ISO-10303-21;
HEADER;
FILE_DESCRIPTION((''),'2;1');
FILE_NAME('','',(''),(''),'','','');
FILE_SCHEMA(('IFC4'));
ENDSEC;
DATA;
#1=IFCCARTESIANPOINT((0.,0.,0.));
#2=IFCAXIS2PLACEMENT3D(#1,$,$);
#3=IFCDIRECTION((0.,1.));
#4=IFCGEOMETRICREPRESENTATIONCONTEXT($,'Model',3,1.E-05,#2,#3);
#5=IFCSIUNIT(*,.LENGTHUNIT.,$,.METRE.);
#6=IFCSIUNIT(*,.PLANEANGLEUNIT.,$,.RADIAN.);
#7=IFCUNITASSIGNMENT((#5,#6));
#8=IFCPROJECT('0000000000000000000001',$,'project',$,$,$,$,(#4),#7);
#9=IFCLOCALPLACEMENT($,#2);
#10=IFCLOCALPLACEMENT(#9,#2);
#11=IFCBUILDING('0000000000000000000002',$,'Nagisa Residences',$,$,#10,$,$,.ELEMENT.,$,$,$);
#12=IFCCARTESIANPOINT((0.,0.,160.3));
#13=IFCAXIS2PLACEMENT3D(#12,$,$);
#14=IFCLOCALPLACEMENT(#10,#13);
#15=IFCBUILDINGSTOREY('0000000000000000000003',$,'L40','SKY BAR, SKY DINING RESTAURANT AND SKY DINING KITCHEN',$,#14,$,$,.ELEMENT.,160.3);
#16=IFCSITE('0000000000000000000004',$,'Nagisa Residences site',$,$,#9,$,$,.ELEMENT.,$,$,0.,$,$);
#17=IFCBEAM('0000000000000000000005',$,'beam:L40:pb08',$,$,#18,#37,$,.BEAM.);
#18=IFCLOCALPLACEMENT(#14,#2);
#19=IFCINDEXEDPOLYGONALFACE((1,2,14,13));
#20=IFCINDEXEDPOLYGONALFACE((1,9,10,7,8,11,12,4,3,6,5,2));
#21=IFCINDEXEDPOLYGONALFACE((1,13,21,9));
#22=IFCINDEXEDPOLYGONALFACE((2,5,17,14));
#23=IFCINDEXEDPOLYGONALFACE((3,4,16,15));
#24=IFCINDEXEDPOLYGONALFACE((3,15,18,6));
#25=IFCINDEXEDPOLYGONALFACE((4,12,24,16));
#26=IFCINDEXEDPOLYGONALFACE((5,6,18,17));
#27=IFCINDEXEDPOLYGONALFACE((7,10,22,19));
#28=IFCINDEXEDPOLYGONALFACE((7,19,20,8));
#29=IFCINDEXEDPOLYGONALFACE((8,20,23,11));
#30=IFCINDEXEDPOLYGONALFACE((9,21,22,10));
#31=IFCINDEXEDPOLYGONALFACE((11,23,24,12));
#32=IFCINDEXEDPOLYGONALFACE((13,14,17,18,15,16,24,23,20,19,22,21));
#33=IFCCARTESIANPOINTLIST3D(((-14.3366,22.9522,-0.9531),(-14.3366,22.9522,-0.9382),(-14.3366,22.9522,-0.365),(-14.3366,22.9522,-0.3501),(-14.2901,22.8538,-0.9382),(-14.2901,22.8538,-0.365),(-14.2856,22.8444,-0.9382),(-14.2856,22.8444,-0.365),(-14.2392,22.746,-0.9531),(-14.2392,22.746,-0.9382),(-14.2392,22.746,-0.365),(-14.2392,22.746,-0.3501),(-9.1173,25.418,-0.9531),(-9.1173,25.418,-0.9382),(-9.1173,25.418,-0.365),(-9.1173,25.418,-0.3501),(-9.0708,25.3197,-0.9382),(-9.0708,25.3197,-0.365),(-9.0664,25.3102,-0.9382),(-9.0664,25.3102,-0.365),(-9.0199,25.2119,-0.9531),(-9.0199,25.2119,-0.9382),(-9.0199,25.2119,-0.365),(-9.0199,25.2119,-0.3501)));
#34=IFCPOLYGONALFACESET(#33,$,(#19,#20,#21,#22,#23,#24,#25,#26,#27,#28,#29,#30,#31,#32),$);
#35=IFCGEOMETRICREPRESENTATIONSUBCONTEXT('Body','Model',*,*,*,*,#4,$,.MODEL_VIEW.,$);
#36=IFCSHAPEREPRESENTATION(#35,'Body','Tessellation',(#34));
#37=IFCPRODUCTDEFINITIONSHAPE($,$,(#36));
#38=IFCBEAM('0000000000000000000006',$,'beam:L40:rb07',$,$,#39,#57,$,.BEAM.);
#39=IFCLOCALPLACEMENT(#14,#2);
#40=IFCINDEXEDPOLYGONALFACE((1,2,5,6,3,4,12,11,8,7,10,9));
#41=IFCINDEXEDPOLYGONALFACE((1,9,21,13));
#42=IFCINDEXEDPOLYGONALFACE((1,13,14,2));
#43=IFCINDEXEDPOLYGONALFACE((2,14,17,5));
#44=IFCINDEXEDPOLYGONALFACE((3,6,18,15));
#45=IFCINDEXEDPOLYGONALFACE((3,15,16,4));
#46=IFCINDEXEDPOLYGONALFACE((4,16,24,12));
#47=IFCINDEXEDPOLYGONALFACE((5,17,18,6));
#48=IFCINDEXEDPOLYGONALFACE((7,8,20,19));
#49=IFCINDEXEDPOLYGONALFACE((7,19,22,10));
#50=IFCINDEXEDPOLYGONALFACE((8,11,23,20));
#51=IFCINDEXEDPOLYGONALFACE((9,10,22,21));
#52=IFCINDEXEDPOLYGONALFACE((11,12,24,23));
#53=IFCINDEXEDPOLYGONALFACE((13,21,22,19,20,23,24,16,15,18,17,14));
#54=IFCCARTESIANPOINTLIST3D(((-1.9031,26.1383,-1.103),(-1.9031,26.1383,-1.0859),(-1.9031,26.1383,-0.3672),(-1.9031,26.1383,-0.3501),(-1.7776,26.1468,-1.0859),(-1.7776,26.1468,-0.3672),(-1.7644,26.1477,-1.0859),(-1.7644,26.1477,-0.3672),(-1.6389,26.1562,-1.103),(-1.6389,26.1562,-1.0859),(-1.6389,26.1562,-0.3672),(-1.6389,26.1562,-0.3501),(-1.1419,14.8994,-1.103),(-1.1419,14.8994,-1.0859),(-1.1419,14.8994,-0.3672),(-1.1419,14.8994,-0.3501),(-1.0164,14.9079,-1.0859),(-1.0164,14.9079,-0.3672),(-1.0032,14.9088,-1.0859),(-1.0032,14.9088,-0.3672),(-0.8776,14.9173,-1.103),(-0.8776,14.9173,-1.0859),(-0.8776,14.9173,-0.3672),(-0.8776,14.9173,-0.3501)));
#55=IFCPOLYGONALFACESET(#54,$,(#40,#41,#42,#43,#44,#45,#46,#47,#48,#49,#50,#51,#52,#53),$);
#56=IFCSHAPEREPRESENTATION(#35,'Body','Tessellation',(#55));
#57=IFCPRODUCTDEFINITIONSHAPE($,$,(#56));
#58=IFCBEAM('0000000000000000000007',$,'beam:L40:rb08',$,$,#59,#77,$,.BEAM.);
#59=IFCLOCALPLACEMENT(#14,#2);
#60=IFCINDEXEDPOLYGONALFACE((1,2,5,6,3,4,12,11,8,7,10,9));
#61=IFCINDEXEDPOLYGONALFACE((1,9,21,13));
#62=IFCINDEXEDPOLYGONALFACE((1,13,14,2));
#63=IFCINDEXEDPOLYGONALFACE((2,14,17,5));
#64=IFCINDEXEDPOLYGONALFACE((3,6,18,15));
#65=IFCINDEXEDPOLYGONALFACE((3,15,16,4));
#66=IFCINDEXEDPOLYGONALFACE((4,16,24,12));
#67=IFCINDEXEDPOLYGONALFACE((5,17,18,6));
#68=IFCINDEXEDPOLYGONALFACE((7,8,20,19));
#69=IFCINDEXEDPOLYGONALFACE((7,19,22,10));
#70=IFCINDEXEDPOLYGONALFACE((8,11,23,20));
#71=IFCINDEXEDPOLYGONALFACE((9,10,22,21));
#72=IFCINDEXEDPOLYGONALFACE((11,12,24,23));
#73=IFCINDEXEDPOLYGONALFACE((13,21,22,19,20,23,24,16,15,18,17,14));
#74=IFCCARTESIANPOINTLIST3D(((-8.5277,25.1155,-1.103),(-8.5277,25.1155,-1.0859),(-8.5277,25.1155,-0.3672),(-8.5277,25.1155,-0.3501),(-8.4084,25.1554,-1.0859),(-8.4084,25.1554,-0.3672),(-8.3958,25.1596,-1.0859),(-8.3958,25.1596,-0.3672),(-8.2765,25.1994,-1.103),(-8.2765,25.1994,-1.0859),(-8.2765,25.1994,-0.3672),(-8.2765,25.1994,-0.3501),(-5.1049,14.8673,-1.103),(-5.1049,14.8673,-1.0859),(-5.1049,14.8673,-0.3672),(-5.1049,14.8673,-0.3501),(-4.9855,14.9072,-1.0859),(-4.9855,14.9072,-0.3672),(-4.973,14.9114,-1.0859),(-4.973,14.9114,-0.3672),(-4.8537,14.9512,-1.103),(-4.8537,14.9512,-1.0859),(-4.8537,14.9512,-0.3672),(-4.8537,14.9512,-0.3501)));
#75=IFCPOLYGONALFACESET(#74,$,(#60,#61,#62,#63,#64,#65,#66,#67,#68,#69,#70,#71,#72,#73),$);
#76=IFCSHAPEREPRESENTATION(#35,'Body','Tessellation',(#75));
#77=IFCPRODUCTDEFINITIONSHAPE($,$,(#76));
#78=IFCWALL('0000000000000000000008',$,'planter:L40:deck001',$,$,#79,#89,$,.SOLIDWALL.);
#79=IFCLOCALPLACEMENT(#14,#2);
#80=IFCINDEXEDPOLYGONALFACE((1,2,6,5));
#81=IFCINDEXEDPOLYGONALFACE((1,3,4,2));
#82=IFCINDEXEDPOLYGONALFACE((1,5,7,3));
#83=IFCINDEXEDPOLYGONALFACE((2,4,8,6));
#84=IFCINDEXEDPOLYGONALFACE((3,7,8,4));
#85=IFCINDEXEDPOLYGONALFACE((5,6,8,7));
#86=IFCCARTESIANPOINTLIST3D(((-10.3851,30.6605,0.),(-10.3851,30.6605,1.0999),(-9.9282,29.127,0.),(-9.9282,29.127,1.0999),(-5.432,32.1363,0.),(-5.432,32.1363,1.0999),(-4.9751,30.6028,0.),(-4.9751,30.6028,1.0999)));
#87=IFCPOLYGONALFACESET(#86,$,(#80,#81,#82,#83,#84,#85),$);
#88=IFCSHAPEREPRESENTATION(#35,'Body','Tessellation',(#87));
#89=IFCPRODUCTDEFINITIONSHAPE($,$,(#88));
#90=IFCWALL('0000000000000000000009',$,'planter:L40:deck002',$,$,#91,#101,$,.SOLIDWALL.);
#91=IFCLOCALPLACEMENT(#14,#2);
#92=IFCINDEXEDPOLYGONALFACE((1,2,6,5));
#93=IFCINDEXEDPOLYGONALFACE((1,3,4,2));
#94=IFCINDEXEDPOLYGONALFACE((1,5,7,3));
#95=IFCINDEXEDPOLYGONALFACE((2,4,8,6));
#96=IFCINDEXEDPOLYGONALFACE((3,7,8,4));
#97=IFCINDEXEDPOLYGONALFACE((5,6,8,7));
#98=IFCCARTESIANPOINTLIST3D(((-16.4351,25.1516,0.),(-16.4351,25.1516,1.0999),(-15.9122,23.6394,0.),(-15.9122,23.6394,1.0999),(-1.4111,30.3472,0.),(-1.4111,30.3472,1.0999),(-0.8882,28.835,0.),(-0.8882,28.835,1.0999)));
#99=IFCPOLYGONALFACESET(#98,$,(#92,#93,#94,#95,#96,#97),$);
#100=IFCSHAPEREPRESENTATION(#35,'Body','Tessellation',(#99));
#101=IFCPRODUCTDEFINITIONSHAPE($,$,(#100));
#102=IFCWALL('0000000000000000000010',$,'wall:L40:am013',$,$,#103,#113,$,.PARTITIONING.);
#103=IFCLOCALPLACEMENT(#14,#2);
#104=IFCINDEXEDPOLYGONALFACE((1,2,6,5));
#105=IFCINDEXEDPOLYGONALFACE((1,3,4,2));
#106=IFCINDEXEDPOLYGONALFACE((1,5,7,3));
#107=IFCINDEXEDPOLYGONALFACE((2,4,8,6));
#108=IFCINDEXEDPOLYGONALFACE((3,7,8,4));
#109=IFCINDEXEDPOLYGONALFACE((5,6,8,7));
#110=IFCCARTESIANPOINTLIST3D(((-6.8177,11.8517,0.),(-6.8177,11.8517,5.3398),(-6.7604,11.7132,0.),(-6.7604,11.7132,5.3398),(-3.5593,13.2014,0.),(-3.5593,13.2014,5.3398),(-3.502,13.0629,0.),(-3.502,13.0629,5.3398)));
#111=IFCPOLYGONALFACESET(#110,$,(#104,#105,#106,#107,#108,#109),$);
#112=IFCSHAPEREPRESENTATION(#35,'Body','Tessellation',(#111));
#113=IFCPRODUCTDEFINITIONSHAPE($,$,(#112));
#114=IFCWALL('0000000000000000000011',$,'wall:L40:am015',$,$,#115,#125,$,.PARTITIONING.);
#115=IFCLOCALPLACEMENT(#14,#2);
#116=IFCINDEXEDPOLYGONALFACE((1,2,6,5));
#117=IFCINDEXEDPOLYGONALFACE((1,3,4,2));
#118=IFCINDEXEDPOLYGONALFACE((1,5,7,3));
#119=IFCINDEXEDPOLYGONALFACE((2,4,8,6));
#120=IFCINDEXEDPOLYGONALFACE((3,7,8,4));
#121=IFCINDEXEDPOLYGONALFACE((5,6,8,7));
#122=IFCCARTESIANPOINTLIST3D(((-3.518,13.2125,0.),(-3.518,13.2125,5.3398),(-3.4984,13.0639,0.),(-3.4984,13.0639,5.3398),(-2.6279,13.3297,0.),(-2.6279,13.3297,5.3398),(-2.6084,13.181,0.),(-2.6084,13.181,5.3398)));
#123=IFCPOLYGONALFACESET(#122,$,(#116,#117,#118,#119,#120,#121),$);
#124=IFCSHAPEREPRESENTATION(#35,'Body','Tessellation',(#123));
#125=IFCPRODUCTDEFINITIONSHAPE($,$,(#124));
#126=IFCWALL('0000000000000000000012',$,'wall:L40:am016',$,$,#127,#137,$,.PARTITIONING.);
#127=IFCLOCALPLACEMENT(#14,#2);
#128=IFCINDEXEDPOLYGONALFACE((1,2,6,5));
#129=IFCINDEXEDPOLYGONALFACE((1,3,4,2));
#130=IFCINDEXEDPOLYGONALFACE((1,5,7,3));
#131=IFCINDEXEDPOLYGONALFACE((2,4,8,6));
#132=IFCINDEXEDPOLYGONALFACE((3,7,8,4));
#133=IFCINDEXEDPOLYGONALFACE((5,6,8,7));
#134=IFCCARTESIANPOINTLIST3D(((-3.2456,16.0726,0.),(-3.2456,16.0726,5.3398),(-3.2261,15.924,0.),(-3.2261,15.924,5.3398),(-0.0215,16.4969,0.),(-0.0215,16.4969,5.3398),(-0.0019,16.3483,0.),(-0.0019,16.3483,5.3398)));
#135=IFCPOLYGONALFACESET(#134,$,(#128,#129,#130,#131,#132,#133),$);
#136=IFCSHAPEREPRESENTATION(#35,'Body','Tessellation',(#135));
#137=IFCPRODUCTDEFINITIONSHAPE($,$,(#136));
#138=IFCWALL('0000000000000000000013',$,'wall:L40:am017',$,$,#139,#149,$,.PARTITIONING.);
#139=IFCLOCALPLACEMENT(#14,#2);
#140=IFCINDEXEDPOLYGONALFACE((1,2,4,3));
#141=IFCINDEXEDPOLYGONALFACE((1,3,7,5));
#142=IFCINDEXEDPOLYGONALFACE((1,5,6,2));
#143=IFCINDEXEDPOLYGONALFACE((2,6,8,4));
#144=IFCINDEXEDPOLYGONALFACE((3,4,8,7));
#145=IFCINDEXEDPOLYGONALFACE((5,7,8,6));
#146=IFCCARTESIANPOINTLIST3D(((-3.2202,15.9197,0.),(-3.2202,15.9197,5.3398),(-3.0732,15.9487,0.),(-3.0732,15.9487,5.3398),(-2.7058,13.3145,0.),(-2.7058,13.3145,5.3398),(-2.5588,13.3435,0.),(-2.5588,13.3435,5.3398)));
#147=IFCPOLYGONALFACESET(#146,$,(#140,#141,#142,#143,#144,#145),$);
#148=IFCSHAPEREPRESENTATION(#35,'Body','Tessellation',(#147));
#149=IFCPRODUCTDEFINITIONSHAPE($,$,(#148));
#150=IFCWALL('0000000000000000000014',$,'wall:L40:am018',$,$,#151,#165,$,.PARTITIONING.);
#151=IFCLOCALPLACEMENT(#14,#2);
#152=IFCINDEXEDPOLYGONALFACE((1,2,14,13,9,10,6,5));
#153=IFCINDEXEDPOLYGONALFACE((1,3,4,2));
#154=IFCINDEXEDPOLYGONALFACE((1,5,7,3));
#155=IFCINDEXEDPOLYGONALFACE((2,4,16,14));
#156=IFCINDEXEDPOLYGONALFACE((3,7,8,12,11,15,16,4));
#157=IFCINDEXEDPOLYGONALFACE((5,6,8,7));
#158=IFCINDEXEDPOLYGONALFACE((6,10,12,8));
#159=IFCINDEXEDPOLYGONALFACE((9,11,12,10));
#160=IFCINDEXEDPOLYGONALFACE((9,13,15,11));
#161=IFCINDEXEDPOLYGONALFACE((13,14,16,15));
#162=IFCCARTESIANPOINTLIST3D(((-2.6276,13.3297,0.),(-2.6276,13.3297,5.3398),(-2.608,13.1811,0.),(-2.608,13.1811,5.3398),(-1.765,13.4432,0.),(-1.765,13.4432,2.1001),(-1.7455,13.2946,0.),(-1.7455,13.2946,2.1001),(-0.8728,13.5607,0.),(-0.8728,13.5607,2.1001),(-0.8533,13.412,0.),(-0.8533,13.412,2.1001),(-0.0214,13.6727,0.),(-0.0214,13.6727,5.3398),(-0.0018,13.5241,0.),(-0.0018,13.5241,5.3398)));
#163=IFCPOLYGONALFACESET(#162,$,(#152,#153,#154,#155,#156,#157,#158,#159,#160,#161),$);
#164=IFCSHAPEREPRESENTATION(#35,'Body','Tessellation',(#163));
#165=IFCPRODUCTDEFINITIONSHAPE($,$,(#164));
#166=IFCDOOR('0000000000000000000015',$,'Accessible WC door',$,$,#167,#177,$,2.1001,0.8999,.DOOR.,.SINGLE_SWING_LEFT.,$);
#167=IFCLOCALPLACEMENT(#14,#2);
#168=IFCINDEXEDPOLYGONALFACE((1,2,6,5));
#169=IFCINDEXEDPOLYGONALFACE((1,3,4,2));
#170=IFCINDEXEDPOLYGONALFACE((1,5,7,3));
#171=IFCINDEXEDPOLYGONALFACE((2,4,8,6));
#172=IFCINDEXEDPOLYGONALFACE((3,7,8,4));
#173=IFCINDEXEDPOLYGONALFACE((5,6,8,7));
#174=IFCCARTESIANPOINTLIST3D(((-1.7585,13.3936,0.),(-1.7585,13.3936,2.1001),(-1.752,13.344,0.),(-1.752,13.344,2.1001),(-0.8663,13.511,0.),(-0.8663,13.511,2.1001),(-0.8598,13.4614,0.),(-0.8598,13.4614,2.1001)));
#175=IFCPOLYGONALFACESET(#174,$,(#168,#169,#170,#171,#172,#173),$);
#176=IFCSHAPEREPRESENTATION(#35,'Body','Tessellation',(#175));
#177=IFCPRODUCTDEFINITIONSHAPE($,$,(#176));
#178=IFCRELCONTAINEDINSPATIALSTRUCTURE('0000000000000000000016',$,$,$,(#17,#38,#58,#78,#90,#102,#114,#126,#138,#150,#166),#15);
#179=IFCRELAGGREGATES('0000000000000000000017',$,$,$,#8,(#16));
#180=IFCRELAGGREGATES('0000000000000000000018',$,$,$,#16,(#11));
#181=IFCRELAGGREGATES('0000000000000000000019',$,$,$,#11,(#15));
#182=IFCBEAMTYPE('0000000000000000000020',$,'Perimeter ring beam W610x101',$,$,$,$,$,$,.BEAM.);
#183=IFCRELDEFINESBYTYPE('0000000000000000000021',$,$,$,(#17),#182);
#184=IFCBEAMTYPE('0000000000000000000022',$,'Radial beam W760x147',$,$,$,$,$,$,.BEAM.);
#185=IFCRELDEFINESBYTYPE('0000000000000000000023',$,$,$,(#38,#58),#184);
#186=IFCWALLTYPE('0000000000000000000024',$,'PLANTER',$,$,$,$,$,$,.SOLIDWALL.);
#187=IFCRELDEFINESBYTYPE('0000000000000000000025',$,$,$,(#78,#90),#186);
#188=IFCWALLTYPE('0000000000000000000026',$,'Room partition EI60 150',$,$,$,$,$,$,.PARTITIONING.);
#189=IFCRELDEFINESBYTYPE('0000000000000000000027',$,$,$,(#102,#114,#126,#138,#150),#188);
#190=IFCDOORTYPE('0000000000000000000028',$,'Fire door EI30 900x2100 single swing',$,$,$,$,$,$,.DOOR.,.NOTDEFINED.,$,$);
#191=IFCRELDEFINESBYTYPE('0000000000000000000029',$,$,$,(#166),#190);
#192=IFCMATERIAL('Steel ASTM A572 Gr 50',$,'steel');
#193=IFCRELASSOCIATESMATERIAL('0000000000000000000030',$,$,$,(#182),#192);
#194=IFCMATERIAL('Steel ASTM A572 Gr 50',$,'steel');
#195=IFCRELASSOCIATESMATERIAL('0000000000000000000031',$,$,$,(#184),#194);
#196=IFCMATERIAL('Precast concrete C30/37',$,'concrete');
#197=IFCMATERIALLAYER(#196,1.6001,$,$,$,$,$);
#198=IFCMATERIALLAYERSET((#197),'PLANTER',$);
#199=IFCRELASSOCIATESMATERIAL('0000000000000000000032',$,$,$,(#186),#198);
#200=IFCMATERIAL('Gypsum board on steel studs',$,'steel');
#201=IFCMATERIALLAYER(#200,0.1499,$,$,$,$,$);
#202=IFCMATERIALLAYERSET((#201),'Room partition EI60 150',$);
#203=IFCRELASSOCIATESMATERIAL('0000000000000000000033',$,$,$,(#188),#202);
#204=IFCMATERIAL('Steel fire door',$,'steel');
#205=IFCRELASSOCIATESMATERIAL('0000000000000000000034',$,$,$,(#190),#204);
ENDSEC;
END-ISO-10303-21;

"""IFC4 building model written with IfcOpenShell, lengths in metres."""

from ifc_helpers import new_model, si_unit, direction, frame, frame_2d, origin, origin_2d, place, context, subcontext, project, spatial, rectangle, i_section, extrude, material, layer, layer_set, material_profile, profile_set, type_object, element, fill, save


model = new_model("IFC4")

# Units and contexts
model_context = context("Model", 3, precision=1e-05, world=origin(), true_north=direction((0.0, 1.0)))
body_context = subcontext(model_context, "Body", "Model", "MODEL_VIEW")
ifc_project = project(units=[si_unit("LENGTHUNIT", "METRE"), si_unit("PLANEANGLEUNIT", "RADIAN")], contexts=[model_context])

# Site, building, storey
site_placement = place(None, origin())
site = spatial("IfcSite", under=ifc_project, at=site_placement, Name="Nagisa Residences site", CompositionType="ELEMENT", RefElevation=0.0)
building_placement = place(site_placement, origin())
building = spatial("IfcBuilding", under=site, at=building_placement, Name="Nagisa Residences", CompositionType="ELEMENT")
storey_placement = place(building_placement, frame((0.0, 0.0, 160.3)))
storey = spatial("IfcBuildingStorey", under=building, at=storey_placement, Name="L40", Description="SKY BAR, SKY DINING RESTAURANT AND SKY DINING KITCHEN", CompositionType="ELEMENT", Elevation=160.3)

# Beams
ifc_material_1 = material(Name="Steel ASTM A572 Gr 50", Category="steel")
ifc_material_profile_1 = material_profile(ifc_material_1, i_section(OverallWidth=0.228, OverallDepth=0.603, WebThickness=0.0105, FlangeThickness=0.0149, at=origin_2d()), Name="W610x101")
ifc_profile_set_1 = profile_set([ifc_material_profile_1], Name="Steel ASTM A572 Gr 50")
beam_type_1 = type_object("IfcBeamType", Name="Perimeter ring beam W610x101", PredefinedType="BEAM", material=ifc_profile_set_1)
beam_1_placement = place(storey_placement, frame((-9.0686, 25.3149, -0.6516), z_axis=(-0.90417, -0.427173, 0.0), x_axis=(0.427173, -0.90417, 0.0)))
element("IfcBeam", 1, at=beam_1_placement, inside=storey, type_object=beam_type_1, Name="beam:L40:pb08", PredefinedType="BEAM", context=body_context, shape_type="SweptSolid", body=[
    extrude(i_section(OverallWidth=0.228, OverallDepth=0.603, WebThickness=0.0105, FlangeThickness=0.0149, at=origin_2d()), origin(), (0.0, 0.0, 1.0), 5.7725),
])
ifc_material_2 = material(Name="Steel ASTM A572 Gr 50", Category="steel")
ifc_material_profile_2 = material_profile(ifc_material_2, i_section(OverallWidth=0.2649, OverallDepth=0.7529, WebThickness=0.0132, FlangeThickness=0.0171, at=origin_2d()), Name="W760x147")
ifc_profile_set_2 = profile_set([ifc_material_profile_2], Name="Steel ASTM A572 Gr 50")
beam_type_2 = type_object("IfcBeamType", Name="Radial beam W760x147", PredefinedType="BEAM", material=ifc_profile_set_2)
beam_2_placement = place(storey_placement, frame((-1.771, 26.1472, -0.7266), z_axis=(0.067576, -0.997714, 0.0), x_axis=(0.997714, 0.067576, 0.0)))
element("IfcBeam", 2, at=beam_2_placement, inside=storey, type_object=beam_type_2, Name="beam:L40:rb07", PredefinedType="BEAM", context=body_context, shape_type="SweptSolid", body=[
    extrude(i_section(OverallWidth=0.2649, OverallDepth=0.7529, WebThickness=0.0132, FlangeThickness=0.0171, at=origin_2d()), origin(), (0.0, 0.0, 1.0), 11.2646),
])
beam_3_placement = place(storey_placement, frame((-8.4021, 25.1575, -0.7266), z_axis=(0.31679, -0.948496, 0.0), x_axis=(0.948496, 0.31679, 0.0)))
element("IfcBeam", 3, at=beam_3_placement, inside=storey, type_object=beam_type_2, Name="beam:L40:rb08", PredefinedType="BEAM", context=body_context, shape_type="SweptSolid", body=[
    extrude(i_section(OverallWidth=0.2649, OverallDepth=0.7529, WebThickness=0.0132, FlangeThickness=0.0171, at=origin_2d()), origin(), (0.0, 0.0, 1.0), 10.8047),
])

# Walls
ifc_material_3 = material(Name="Precast concrete C30/37", Category="concrete")
ifc_layer_1 = layer(ifc_material_3, 1.6001)
ifc_layer_set_1 = layer_set([ifc_layer_1], Name="PLANTER")
wall_type_1 = type_object("IfcWallType", Name="PLANTER", PredefinedType="SOLIDWALL", material=ifc_layer_set_1)
wall_1_placement = place(storey_placement, frame((-10.1565, 29.8938, 0.0), z_axis=(0.0, 0.0, 1.0), x_axis=(0.958363, 0.285553, 0.0)))
element("IfcWall", 4, at=wall_1_placement, inside=storey, type_object=wall_type_1, Name="planter:L40:deck001", PredefinedType="SOLIDWALL", context=body_context, shape_type="SweptSolid", body=[
    extrude(rectangle(XDim=5.1682, YDim=1.6001, at=frame_2d((2.584, 0.0))), origin(), (0.0, 0.0, 1.0), 1.0999),
])
wall_2_placement = place(storey_placement, frame((-1.1497, 29.5911, 0.0), z_axis=(0.0, 0.0, 1.0), x_axis=(-0.945084, -0.326828, 0.0)))
element("IfcWall", 5, at=wall_2_placement, inside=storey, type_object=wall_type_1, Name="planter:L40:deck002", PredefinedType="SOLIDWALL", context=body_context, shape_type="SweptSolid", body=[
    extrude(rectangle(XDim=15.897, YDim=1.6001, at=frame_2d((7.9485, 0.0))), origin(), (0.0, 0.0, 1.0), 1.0999),
])
ifc_material_4 = material(Name="Gypsum board on steel studs", Category="steel")
ifc_layer_2 = layer(ifc_material_4, 0.1499)
ifc_layer_set_2 = layer_set([ifc_layer_2], Name="Room partition EI60 150")
wall_type_2 = type_object("IfcWallType", Name="Room partition EI60 150", PredefinedType="PARTITIONING", material=ifc_layer_set_2)
wall_3_placement = place(storey_placement, frame((-6.7891, 11.7825, 0.0), z_axis=(0.0, 0.0, 1.0), x_axis=(0.923882, 0.382678, 0.0)))
element("IfcWall", 6, at=wall_3_placement, inside=storey, type_object=wall_type_2, Name="wall:L40:am013", PredefinedType="PARTITIONING", context=body_context, shape_type="SweptSolid", body=[
    extrude(rectangle(XDim=3.5269, YDim=0.1499, at=frame_2d((1.7634, 0.0))), origin(), (0.0, 0.0, 1.0), 5.3398),
])
wall_4_placement = place(storey_placement, frame((-3.5081, 13.1382, 0.0), z_axis=(0.0, 0.0, 1.0), x_axis=(0.991445, 0.130525, 0.0)))
element("IfcWall", 7, at=wall_4_placement, inside=storey, type_object=wall_type_2, Name="wall:L40:am015", PredefinedType="PARTITIONING", context=body_context, shape_type="SweptSolid", body=[
    extrude(rectangle(XDim=0.8977, YDim=0.1499, at=frame_2d((0.4487, 0.0))), origin(), (0.0, 0.0, 1.0), 5.3398),
])
wall_5_placement = place(storey_placement, frame((-3.2358, 15.9983, 0.0), z_axis=(0.0, 0.0, 1.0), x_axis=(0.991451, 0.130482, 0.0)))
element("IfcWall", 8, at=wall_5_placement, inside=storey, type_object=wall_type_2, Name="wall:L40:am016", PredefinedType="PARTITIONING", context=body_context, shape_type="SweptSolid", body=[
    extrude(rectangle(XDim=3.252, YDim=0.1499, at=frame_2d((1.626, 0.0))), origin(), (0.0, 0.0, 1.0), 5.3398),
])
wall_6_placement = place(storey_placement, frame((-2.6323, 13.3291, 0.0), z_axis=(0.0, 0.0, 1.0), x_axis=(-0.193711, 0.981059, 0.0)))
element("IfcWall", 9, at=wall_6_placement, inside=storey, type_object=wall_type_2, Name="wall:L40:am017", PredefinedType="PARTITIONING", context=body_context, shape_type="SweptSolid", body=[
    extrude(rectangle(XDim=2.6555, YDim=0.1499, at=frame_2d((1.3276, 0.0))), origin(), (0.0, 0.0, 1.0), 5.3398),
])

# Wall, opening, door
wall_7_placement = place(storey_placement, frame((-2.6179, 13.2554, 0.0), z_axis=(0.0, 0.0, 1.0), x_axis=(0.99145, 0.130491, 0.0)))
wall_7 = element("IfcWall", 10, at=wall_7_placement, inside=storey, type_object=wall_type_2, Name="wall:L40:am018", PredefinedType="PARTITIONING", context=body_context, shape_type="SweptSolid", body=[
    extrude(rectangle(XDim=2.6287, YDim=0.1499, at=frame_2d((1.3145, 0.0))), origin(), (0.0, 0.0, 1.0), 5.3398),
])
opening_placement = place(wall_7_placement, frame((0.8701, 0.0, 0.0)))
opening = element("IfcOpeningElement", 11, at=opening_placement, cuts=wall_7, PredefinedType="OPENING", context=body_context, shape_type="SweptSolid", body=[
    extrude(rectangle(XDim=0.8999, YDim=2.1001, at=frame_2d((0.45, 1.05))), frame((0.0, 0.085, 0.0), z_axis=(0.0, -1.0, 0.0), x_axis=(1.0, 0.0, 0.0)), (0.0, 0.0, 1.0), 0.1699),
])
ifc_material_5 = material(Name="Steel fire door", Category="steel")
door_type = type_object("IfcDoorType", Name="Fire door EI30 900x2100 single swing", OperationType="NOTDEFINED", PredefinedType="DOOR", material=ifc_material_5)
door_placement = place(opening_placement, origin())
door = element("IfcDoor", 12, at=door_placement, inside=storey, type_object=door_type, Name="Accessible WC door", OperationType="SINGLE_SWING_LEFT", OverallHeight=2.1001, OverallWidth=0.8999, PredefinedType="DOOR", context=body_context, shape_type="SweptSolid", body=[
    extrude(rectangle(XDim=0.8999, YDim=2.1001, at=frame_2d((0.45, 1.05))), frame((0.0, 0.0249, 0.0), z_axis=(0.0, -1.0, 0.0), x_axis=(1.0, 0.0, 0.0)), (0.0, 0.0, 1.0), 0.05),
])
fill(opening, door)

save(model, "model.ifc")
